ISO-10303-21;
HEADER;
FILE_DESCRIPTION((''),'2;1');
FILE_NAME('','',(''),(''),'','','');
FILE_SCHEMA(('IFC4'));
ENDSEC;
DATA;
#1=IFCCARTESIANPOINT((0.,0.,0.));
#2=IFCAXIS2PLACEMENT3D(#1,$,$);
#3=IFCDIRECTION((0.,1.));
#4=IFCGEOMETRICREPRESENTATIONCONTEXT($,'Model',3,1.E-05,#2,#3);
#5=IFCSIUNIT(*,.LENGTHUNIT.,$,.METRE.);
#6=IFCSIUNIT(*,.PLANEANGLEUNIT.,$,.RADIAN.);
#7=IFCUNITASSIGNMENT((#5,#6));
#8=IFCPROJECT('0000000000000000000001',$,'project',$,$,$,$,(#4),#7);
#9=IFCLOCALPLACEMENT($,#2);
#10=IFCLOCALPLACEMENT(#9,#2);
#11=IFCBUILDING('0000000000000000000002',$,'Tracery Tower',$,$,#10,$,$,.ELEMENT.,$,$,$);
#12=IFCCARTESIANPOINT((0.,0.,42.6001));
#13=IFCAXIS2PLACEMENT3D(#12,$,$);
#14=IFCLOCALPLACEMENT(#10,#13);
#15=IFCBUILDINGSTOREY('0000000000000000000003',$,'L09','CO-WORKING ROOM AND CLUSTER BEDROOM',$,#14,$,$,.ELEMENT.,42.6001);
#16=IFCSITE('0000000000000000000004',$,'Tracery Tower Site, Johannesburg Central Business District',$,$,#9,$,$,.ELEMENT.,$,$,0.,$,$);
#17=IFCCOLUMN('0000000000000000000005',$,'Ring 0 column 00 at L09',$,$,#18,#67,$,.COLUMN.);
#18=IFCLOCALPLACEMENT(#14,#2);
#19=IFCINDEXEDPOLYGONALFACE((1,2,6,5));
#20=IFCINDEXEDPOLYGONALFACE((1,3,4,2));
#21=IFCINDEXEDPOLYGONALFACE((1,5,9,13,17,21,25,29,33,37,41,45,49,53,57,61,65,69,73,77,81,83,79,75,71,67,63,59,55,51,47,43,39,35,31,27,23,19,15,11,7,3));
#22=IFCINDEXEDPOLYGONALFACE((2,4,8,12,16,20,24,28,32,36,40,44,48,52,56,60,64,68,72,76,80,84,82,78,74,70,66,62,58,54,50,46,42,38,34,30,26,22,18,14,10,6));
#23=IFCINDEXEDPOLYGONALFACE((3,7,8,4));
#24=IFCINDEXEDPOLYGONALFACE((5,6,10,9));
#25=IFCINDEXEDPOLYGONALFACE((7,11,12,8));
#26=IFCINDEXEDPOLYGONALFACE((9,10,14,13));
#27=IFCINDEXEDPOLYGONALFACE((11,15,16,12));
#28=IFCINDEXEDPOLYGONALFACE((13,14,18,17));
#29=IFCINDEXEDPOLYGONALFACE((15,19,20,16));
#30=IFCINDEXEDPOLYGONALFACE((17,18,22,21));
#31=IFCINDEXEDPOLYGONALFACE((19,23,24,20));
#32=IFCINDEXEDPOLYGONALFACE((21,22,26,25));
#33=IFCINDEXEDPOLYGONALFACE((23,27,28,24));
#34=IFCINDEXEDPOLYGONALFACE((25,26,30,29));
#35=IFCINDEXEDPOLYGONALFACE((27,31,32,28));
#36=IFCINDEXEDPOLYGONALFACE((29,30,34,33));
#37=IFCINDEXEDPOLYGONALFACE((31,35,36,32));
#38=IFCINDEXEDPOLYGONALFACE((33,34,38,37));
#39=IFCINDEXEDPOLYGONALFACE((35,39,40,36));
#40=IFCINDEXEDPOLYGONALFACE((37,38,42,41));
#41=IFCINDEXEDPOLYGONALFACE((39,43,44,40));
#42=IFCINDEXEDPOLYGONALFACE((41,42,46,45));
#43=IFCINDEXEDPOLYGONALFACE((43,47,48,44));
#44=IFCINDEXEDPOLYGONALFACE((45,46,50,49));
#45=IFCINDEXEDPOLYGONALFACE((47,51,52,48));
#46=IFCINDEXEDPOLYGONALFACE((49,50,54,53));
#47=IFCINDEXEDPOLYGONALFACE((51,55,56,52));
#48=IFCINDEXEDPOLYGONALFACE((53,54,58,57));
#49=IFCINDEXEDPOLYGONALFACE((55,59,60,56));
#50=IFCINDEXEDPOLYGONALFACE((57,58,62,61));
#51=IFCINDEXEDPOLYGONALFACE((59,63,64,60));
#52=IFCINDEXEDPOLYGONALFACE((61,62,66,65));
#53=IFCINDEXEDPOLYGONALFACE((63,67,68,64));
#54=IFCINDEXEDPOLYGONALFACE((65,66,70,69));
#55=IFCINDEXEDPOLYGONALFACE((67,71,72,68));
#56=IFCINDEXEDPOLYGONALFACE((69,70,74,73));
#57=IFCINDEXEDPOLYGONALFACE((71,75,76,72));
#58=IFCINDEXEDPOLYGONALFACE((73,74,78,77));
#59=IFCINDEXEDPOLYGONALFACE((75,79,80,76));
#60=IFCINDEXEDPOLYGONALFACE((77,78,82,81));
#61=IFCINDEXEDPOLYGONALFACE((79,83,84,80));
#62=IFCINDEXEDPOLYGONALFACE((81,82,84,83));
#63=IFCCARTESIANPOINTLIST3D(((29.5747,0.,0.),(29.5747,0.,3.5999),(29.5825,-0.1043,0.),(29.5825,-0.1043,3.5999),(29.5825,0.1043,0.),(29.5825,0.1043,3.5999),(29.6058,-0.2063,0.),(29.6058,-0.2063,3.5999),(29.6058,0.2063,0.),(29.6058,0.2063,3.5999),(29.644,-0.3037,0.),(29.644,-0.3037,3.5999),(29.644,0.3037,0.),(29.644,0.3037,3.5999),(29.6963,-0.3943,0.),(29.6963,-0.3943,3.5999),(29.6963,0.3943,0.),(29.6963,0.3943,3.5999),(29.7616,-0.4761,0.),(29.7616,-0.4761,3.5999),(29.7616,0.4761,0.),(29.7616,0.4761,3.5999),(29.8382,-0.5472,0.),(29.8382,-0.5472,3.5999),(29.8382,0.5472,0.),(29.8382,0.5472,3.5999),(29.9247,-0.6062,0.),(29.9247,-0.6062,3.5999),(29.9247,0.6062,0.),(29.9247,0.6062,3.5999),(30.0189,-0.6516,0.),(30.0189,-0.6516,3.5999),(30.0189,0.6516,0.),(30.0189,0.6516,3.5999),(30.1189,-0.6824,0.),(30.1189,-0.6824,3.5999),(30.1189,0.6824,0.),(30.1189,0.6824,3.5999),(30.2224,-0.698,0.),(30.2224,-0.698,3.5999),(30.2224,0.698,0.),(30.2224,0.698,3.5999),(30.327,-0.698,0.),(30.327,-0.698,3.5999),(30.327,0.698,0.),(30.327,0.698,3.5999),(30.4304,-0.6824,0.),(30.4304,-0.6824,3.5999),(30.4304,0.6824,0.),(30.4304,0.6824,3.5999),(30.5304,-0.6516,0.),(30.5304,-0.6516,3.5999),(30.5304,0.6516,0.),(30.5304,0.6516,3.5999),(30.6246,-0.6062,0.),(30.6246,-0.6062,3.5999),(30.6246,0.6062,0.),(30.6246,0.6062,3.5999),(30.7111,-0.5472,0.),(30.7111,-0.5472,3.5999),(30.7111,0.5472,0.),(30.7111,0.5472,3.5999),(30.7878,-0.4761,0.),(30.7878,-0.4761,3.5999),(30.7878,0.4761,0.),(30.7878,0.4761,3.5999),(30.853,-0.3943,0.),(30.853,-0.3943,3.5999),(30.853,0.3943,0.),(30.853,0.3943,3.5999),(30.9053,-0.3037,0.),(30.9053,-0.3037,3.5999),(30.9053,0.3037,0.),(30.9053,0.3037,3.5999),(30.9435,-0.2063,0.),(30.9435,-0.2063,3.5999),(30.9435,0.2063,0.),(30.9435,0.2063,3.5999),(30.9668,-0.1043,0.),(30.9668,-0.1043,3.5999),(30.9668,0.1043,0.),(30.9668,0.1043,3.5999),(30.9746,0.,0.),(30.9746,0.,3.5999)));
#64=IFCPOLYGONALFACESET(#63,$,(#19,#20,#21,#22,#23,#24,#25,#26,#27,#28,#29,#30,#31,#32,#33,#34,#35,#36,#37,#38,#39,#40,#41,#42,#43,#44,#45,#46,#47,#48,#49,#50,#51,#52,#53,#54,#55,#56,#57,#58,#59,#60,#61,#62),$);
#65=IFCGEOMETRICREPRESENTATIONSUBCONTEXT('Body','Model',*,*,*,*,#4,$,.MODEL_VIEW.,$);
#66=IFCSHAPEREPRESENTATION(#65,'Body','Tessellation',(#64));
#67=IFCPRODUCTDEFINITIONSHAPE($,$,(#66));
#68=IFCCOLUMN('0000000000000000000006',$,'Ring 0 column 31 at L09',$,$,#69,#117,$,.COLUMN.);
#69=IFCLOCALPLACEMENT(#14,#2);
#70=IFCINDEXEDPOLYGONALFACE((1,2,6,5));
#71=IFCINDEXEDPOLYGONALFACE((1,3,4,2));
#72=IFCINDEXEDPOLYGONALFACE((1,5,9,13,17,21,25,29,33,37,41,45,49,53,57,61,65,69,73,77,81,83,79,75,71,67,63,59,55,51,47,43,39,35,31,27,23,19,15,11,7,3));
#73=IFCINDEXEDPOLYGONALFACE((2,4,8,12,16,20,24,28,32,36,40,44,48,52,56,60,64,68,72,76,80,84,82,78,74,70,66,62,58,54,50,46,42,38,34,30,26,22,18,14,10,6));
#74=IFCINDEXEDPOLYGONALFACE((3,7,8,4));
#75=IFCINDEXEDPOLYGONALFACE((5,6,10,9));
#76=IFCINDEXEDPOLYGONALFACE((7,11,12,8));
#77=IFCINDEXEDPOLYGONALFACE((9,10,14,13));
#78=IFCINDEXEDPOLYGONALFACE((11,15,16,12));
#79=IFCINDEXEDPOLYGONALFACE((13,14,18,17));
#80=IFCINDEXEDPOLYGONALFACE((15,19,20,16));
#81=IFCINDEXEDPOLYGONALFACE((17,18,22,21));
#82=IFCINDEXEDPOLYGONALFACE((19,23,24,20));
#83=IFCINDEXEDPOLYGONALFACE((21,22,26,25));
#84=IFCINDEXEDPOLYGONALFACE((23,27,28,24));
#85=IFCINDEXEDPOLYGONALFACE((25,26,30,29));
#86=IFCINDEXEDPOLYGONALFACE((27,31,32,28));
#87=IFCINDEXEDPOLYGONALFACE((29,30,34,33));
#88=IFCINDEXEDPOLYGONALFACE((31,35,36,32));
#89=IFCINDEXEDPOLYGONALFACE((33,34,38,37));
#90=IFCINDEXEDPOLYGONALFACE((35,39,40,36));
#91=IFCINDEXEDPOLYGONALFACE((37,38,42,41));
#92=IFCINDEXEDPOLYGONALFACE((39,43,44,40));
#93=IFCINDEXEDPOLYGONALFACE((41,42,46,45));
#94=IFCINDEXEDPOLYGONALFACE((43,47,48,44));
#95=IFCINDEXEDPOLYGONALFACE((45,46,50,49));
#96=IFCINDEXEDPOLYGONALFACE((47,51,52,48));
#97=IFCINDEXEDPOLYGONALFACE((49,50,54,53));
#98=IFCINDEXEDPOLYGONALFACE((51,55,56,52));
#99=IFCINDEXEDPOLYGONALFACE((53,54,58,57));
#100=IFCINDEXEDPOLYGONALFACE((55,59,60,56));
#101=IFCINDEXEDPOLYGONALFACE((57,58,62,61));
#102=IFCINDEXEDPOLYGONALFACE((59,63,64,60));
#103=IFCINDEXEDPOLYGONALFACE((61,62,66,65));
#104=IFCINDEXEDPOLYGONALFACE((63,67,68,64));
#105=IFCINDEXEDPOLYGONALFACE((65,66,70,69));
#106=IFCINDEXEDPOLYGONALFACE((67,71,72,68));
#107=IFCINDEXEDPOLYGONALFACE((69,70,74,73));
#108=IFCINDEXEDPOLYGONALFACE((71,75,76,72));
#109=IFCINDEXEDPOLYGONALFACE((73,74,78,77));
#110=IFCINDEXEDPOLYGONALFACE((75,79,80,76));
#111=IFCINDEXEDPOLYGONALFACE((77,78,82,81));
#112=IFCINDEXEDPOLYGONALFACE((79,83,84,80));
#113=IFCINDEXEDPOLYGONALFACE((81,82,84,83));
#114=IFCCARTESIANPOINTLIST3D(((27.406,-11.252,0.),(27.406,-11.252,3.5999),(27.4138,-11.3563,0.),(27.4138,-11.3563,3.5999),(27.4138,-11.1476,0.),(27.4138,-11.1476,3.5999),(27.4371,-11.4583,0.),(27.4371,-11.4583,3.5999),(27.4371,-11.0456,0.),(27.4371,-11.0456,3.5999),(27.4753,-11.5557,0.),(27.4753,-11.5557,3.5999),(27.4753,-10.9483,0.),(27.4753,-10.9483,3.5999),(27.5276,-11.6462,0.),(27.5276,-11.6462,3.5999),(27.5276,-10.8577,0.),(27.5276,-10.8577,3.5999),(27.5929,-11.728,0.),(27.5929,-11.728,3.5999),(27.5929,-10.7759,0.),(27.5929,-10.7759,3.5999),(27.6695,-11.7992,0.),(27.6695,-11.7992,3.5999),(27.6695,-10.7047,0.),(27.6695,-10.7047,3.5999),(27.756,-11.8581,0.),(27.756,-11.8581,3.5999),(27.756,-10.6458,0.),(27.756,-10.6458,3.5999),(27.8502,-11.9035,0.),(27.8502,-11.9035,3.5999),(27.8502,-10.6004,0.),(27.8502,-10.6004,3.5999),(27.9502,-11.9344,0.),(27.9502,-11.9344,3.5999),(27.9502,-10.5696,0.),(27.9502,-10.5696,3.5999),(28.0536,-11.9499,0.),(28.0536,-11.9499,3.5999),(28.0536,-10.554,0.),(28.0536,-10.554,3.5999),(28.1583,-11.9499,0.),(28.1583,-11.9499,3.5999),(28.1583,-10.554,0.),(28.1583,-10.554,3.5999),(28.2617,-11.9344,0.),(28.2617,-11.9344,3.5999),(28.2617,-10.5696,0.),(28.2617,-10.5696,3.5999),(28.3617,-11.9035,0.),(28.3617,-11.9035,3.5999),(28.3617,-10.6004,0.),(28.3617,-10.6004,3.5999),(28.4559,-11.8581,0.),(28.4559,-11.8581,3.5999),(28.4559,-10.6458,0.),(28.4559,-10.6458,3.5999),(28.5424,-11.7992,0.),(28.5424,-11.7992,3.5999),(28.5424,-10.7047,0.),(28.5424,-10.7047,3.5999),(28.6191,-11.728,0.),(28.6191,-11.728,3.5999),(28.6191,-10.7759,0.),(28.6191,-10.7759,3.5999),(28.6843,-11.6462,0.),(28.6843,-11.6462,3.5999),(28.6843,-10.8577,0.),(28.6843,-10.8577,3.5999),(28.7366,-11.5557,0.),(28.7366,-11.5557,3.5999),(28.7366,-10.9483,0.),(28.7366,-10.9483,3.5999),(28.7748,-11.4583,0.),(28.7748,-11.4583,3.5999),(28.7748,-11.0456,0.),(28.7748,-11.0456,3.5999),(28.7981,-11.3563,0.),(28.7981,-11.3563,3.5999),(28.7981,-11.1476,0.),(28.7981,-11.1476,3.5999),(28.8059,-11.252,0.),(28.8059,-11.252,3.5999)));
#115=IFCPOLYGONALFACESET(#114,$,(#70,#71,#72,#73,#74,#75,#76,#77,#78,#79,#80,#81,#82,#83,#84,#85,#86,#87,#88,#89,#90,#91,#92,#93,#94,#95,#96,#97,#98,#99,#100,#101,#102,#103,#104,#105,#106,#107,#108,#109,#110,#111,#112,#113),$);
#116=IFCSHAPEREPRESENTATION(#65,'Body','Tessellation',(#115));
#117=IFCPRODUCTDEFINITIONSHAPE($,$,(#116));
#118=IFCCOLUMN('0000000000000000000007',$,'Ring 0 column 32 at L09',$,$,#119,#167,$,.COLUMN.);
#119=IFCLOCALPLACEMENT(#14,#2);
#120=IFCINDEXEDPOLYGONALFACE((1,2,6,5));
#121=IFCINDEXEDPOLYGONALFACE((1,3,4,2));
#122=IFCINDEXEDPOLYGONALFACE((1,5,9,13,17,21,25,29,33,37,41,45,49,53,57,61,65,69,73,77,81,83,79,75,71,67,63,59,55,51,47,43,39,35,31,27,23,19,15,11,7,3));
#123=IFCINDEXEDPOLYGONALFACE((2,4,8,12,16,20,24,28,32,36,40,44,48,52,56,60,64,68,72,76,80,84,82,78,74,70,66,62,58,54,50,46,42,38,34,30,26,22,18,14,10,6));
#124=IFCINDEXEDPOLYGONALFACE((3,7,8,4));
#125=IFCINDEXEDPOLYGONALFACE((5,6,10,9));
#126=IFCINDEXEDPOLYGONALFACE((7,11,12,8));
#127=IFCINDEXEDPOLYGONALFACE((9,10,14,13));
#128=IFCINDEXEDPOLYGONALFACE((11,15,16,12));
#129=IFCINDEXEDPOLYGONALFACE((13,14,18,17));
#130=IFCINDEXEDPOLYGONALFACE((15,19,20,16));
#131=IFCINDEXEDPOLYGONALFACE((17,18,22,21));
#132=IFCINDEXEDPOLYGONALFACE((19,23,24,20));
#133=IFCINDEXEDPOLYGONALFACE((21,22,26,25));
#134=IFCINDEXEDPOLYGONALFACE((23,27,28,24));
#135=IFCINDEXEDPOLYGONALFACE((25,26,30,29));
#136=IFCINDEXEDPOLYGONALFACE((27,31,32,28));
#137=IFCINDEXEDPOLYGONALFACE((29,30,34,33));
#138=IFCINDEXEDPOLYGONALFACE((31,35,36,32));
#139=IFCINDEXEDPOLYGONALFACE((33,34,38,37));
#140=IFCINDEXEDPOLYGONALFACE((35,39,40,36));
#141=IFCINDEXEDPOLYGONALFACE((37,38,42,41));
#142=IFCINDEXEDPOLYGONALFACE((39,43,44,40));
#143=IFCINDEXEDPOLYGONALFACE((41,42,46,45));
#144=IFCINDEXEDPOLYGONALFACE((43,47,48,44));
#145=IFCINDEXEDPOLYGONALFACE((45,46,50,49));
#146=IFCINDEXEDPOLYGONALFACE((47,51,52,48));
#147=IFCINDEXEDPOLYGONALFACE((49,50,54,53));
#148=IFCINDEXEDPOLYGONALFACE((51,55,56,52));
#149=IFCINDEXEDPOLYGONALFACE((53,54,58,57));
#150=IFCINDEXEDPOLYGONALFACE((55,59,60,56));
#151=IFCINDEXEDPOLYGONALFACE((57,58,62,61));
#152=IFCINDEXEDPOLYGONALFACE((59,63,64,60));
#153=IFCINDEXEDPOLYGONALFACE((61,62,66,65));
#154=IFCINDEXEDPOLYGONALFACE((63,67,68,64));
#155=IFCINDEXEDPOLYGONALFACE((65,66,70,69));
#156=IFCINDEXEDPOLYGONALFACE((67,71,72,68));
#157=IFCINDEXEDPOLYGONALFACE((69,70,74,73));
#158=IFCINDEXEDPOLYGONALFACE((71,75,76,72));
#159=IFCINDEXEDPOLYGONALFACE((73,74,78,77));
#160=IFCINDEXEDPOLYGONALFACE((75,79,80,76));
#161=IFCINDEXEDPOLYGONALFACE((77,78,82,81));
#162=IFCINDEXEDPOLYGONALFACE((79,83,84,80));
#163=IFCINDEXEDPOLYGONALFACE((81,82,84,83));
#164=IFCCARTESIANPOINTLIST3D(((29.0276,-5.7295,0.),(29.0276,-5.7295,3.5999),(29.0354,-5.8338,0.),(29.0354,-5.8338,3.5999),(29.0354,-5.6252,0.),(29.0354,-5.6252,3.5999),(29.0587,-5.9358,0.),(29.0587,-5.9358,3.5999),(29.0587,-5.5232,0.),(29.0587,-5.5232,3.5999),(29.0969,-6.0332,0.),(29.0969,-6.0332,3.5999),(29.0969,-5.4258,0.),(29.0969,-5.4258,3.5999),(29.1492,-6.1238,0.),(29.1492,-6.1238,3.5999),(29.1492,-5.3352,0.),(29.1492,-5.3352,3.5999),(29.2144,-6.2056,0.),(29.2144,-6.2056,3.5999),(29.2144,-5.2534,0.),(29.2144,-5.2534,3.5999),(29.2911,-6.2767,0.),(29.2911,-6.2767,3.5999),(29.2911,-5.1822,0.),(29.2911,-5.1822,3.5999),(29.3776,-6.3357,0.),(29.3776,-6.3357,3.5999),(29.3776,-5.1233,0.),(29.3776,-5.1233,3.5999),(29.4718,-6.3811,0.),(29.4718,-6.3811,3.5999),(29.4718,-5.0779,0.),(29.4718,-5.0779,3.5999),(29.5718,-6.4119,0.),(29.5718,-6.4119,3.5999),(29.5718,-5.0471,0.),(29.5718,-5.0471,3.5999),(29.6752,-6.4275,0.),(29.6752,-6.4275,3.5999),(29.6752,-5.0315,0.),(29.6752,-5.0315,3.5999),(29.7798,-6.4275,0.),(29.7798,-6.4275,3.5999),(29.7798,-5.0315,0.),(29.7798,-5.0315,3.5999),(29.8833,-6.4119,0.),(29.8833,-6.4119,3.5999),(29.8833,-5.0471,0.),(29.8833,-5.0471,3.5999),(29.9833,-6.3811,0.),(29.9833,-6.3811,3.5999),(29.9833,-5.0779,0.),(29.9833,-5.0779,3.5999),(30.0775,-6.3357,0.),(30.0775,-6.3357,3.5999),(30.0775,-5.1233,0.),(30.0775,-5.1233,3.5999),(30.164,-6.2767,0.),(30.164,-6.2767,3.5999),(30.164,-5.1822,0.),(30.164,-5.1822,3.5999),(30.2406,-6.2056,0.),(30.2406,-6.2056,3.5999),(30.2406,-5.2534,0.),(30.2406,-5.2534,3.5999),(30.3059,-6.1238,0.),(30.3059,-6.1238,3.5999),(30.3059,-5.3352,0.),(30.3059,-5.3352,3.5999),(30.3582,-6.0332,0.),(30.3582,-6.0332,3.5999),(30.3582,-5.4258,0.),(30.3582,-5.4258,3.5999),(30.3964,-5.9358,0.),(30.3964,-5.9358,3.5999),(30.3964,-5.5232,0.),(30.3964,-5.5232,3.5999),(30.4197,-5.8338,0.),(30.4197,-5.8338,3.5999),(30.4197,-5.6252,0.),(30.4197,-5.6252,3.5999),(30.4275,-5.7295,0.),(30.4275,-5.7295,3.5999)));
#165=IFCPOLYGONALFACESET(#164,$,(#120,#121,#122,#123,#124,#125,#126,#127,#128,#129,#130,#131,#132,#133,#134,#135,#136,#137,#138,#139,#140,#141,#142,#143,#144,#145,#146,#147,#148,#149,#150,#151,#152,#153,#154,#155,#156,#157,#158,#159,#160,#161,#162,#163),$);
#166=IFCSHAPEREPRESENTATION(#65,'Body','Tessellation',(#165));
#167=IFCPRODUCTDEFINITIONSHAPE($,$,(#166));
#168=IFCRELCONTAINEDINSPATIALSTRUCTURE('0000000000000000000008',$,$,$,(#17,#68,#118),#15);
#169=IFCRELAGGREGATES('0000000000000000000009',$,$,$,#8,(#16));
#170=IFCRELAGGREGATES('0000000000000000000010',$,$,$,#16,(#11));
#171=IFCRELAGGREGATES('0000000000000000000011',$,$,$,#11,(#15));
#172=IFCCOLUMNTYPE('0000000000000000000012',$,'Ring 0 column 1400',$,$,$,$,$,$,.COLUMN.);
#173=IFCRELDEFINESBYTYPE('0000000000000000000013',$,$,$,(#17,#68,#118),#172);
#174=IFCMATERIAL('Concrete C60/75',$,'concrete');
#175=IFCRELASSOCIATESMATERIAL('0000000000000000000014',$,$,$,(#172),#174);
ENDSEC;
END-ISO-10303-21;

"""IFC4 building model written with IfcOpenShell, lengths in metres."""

from ifc_helpers import new_model, si_unit, direction, frame, origin, origin_2d, place, context, subcontext, project, spatial, circle, extrude, material, material_profile, profile_set, type_object, element, save


model = new_model("IFC4")

# Units and contexts
model_context = context("Model", 3, precision=1e-05, world=origin(), true_north=direction((0.0, 1.0)))
body_context = subcontext(model_context, "Body", "Model", "MODEL_VIEW")
ifc_project = project(units=[si_unit("LENGTHUNIT", "METRE"), si_unit("PLANEANGLEUNIT", "RADIAN")], contexts=[model_context])

# Site, building, storey
site_placement = place(None, origin())
site = spatial("IfcSite", under=ifc_project, at=site_placement, Name="Tracery Tower Site, Johannesburg Central Business District", CompositionType="ELEMENT", RefElevation=0.0)
building_placement = place(site_placement, origin())
building = spatial("IfcBuilding", under=site, at=building_placement, Name="Tracery Tower", CompositionType="ELEMENT")
storey_placement = place(building_placement, frame((0.0, 0.0, 42.6001)))
storey = spatial("IfcBuildingStorey", under=building, at=storey_placement, Name="L09", Description="CO-WORKING ROOM AND CLUSTER BEDROOM", CompositionType="ELEMENT", Elevation=42.6001)

# Columns
ifc_material_1 = material(Name="Concrete C60/75", Category="concrete")
ifc_material_profile_1 = material_profile(ifc_material_1, circle(Radius=0.7, at=origin_2d()), Name="RC D1400")
ifc_profile_set_1 = profile_set([ifc_material_profile_1], Name="Concrete C60/75")
column_type_1 = type_object("IfcColumnType", Name="Ring 0 column 1400", PredefinedType="COLUMN", material=ifc_profile_set_1)
for number, where, z_axis, x_axis, name in (
    (1, (30.2747, 0.0, 0.0), (0.0, 0.0, 1.0), (1.0, 0.0, 0.0), "Ring 0 column 00 at L09"),
    (2, (28.106, -11.252, 0.0), (0.0, 0.0, 1.0), (1.0, 0.0, 0.0), "Ring 0 column 31 at L09"),
    (3, (29.7275, -5.7295, 0.0), (0.0, 0.0, 1.0), (1.0, 0.0, 0.0), "Ring 0 column 32 at L09"),
):
    element("IfcColumn", number, at=place(storey_placement, frame(where, z_axis=z_axis, x_axis=x_axis)), inside=storey, type_object=column_type_1, Name=name, PredefinedType="COLUMN", context=body_context, shape_type="SweptSolid", body=[
        extrude(circle(Radius=0.7, at=origin_2d()), origin(), (0.0, 0.0, 1.0), 3.5999),
    ])

save(model, "model.ifc")
